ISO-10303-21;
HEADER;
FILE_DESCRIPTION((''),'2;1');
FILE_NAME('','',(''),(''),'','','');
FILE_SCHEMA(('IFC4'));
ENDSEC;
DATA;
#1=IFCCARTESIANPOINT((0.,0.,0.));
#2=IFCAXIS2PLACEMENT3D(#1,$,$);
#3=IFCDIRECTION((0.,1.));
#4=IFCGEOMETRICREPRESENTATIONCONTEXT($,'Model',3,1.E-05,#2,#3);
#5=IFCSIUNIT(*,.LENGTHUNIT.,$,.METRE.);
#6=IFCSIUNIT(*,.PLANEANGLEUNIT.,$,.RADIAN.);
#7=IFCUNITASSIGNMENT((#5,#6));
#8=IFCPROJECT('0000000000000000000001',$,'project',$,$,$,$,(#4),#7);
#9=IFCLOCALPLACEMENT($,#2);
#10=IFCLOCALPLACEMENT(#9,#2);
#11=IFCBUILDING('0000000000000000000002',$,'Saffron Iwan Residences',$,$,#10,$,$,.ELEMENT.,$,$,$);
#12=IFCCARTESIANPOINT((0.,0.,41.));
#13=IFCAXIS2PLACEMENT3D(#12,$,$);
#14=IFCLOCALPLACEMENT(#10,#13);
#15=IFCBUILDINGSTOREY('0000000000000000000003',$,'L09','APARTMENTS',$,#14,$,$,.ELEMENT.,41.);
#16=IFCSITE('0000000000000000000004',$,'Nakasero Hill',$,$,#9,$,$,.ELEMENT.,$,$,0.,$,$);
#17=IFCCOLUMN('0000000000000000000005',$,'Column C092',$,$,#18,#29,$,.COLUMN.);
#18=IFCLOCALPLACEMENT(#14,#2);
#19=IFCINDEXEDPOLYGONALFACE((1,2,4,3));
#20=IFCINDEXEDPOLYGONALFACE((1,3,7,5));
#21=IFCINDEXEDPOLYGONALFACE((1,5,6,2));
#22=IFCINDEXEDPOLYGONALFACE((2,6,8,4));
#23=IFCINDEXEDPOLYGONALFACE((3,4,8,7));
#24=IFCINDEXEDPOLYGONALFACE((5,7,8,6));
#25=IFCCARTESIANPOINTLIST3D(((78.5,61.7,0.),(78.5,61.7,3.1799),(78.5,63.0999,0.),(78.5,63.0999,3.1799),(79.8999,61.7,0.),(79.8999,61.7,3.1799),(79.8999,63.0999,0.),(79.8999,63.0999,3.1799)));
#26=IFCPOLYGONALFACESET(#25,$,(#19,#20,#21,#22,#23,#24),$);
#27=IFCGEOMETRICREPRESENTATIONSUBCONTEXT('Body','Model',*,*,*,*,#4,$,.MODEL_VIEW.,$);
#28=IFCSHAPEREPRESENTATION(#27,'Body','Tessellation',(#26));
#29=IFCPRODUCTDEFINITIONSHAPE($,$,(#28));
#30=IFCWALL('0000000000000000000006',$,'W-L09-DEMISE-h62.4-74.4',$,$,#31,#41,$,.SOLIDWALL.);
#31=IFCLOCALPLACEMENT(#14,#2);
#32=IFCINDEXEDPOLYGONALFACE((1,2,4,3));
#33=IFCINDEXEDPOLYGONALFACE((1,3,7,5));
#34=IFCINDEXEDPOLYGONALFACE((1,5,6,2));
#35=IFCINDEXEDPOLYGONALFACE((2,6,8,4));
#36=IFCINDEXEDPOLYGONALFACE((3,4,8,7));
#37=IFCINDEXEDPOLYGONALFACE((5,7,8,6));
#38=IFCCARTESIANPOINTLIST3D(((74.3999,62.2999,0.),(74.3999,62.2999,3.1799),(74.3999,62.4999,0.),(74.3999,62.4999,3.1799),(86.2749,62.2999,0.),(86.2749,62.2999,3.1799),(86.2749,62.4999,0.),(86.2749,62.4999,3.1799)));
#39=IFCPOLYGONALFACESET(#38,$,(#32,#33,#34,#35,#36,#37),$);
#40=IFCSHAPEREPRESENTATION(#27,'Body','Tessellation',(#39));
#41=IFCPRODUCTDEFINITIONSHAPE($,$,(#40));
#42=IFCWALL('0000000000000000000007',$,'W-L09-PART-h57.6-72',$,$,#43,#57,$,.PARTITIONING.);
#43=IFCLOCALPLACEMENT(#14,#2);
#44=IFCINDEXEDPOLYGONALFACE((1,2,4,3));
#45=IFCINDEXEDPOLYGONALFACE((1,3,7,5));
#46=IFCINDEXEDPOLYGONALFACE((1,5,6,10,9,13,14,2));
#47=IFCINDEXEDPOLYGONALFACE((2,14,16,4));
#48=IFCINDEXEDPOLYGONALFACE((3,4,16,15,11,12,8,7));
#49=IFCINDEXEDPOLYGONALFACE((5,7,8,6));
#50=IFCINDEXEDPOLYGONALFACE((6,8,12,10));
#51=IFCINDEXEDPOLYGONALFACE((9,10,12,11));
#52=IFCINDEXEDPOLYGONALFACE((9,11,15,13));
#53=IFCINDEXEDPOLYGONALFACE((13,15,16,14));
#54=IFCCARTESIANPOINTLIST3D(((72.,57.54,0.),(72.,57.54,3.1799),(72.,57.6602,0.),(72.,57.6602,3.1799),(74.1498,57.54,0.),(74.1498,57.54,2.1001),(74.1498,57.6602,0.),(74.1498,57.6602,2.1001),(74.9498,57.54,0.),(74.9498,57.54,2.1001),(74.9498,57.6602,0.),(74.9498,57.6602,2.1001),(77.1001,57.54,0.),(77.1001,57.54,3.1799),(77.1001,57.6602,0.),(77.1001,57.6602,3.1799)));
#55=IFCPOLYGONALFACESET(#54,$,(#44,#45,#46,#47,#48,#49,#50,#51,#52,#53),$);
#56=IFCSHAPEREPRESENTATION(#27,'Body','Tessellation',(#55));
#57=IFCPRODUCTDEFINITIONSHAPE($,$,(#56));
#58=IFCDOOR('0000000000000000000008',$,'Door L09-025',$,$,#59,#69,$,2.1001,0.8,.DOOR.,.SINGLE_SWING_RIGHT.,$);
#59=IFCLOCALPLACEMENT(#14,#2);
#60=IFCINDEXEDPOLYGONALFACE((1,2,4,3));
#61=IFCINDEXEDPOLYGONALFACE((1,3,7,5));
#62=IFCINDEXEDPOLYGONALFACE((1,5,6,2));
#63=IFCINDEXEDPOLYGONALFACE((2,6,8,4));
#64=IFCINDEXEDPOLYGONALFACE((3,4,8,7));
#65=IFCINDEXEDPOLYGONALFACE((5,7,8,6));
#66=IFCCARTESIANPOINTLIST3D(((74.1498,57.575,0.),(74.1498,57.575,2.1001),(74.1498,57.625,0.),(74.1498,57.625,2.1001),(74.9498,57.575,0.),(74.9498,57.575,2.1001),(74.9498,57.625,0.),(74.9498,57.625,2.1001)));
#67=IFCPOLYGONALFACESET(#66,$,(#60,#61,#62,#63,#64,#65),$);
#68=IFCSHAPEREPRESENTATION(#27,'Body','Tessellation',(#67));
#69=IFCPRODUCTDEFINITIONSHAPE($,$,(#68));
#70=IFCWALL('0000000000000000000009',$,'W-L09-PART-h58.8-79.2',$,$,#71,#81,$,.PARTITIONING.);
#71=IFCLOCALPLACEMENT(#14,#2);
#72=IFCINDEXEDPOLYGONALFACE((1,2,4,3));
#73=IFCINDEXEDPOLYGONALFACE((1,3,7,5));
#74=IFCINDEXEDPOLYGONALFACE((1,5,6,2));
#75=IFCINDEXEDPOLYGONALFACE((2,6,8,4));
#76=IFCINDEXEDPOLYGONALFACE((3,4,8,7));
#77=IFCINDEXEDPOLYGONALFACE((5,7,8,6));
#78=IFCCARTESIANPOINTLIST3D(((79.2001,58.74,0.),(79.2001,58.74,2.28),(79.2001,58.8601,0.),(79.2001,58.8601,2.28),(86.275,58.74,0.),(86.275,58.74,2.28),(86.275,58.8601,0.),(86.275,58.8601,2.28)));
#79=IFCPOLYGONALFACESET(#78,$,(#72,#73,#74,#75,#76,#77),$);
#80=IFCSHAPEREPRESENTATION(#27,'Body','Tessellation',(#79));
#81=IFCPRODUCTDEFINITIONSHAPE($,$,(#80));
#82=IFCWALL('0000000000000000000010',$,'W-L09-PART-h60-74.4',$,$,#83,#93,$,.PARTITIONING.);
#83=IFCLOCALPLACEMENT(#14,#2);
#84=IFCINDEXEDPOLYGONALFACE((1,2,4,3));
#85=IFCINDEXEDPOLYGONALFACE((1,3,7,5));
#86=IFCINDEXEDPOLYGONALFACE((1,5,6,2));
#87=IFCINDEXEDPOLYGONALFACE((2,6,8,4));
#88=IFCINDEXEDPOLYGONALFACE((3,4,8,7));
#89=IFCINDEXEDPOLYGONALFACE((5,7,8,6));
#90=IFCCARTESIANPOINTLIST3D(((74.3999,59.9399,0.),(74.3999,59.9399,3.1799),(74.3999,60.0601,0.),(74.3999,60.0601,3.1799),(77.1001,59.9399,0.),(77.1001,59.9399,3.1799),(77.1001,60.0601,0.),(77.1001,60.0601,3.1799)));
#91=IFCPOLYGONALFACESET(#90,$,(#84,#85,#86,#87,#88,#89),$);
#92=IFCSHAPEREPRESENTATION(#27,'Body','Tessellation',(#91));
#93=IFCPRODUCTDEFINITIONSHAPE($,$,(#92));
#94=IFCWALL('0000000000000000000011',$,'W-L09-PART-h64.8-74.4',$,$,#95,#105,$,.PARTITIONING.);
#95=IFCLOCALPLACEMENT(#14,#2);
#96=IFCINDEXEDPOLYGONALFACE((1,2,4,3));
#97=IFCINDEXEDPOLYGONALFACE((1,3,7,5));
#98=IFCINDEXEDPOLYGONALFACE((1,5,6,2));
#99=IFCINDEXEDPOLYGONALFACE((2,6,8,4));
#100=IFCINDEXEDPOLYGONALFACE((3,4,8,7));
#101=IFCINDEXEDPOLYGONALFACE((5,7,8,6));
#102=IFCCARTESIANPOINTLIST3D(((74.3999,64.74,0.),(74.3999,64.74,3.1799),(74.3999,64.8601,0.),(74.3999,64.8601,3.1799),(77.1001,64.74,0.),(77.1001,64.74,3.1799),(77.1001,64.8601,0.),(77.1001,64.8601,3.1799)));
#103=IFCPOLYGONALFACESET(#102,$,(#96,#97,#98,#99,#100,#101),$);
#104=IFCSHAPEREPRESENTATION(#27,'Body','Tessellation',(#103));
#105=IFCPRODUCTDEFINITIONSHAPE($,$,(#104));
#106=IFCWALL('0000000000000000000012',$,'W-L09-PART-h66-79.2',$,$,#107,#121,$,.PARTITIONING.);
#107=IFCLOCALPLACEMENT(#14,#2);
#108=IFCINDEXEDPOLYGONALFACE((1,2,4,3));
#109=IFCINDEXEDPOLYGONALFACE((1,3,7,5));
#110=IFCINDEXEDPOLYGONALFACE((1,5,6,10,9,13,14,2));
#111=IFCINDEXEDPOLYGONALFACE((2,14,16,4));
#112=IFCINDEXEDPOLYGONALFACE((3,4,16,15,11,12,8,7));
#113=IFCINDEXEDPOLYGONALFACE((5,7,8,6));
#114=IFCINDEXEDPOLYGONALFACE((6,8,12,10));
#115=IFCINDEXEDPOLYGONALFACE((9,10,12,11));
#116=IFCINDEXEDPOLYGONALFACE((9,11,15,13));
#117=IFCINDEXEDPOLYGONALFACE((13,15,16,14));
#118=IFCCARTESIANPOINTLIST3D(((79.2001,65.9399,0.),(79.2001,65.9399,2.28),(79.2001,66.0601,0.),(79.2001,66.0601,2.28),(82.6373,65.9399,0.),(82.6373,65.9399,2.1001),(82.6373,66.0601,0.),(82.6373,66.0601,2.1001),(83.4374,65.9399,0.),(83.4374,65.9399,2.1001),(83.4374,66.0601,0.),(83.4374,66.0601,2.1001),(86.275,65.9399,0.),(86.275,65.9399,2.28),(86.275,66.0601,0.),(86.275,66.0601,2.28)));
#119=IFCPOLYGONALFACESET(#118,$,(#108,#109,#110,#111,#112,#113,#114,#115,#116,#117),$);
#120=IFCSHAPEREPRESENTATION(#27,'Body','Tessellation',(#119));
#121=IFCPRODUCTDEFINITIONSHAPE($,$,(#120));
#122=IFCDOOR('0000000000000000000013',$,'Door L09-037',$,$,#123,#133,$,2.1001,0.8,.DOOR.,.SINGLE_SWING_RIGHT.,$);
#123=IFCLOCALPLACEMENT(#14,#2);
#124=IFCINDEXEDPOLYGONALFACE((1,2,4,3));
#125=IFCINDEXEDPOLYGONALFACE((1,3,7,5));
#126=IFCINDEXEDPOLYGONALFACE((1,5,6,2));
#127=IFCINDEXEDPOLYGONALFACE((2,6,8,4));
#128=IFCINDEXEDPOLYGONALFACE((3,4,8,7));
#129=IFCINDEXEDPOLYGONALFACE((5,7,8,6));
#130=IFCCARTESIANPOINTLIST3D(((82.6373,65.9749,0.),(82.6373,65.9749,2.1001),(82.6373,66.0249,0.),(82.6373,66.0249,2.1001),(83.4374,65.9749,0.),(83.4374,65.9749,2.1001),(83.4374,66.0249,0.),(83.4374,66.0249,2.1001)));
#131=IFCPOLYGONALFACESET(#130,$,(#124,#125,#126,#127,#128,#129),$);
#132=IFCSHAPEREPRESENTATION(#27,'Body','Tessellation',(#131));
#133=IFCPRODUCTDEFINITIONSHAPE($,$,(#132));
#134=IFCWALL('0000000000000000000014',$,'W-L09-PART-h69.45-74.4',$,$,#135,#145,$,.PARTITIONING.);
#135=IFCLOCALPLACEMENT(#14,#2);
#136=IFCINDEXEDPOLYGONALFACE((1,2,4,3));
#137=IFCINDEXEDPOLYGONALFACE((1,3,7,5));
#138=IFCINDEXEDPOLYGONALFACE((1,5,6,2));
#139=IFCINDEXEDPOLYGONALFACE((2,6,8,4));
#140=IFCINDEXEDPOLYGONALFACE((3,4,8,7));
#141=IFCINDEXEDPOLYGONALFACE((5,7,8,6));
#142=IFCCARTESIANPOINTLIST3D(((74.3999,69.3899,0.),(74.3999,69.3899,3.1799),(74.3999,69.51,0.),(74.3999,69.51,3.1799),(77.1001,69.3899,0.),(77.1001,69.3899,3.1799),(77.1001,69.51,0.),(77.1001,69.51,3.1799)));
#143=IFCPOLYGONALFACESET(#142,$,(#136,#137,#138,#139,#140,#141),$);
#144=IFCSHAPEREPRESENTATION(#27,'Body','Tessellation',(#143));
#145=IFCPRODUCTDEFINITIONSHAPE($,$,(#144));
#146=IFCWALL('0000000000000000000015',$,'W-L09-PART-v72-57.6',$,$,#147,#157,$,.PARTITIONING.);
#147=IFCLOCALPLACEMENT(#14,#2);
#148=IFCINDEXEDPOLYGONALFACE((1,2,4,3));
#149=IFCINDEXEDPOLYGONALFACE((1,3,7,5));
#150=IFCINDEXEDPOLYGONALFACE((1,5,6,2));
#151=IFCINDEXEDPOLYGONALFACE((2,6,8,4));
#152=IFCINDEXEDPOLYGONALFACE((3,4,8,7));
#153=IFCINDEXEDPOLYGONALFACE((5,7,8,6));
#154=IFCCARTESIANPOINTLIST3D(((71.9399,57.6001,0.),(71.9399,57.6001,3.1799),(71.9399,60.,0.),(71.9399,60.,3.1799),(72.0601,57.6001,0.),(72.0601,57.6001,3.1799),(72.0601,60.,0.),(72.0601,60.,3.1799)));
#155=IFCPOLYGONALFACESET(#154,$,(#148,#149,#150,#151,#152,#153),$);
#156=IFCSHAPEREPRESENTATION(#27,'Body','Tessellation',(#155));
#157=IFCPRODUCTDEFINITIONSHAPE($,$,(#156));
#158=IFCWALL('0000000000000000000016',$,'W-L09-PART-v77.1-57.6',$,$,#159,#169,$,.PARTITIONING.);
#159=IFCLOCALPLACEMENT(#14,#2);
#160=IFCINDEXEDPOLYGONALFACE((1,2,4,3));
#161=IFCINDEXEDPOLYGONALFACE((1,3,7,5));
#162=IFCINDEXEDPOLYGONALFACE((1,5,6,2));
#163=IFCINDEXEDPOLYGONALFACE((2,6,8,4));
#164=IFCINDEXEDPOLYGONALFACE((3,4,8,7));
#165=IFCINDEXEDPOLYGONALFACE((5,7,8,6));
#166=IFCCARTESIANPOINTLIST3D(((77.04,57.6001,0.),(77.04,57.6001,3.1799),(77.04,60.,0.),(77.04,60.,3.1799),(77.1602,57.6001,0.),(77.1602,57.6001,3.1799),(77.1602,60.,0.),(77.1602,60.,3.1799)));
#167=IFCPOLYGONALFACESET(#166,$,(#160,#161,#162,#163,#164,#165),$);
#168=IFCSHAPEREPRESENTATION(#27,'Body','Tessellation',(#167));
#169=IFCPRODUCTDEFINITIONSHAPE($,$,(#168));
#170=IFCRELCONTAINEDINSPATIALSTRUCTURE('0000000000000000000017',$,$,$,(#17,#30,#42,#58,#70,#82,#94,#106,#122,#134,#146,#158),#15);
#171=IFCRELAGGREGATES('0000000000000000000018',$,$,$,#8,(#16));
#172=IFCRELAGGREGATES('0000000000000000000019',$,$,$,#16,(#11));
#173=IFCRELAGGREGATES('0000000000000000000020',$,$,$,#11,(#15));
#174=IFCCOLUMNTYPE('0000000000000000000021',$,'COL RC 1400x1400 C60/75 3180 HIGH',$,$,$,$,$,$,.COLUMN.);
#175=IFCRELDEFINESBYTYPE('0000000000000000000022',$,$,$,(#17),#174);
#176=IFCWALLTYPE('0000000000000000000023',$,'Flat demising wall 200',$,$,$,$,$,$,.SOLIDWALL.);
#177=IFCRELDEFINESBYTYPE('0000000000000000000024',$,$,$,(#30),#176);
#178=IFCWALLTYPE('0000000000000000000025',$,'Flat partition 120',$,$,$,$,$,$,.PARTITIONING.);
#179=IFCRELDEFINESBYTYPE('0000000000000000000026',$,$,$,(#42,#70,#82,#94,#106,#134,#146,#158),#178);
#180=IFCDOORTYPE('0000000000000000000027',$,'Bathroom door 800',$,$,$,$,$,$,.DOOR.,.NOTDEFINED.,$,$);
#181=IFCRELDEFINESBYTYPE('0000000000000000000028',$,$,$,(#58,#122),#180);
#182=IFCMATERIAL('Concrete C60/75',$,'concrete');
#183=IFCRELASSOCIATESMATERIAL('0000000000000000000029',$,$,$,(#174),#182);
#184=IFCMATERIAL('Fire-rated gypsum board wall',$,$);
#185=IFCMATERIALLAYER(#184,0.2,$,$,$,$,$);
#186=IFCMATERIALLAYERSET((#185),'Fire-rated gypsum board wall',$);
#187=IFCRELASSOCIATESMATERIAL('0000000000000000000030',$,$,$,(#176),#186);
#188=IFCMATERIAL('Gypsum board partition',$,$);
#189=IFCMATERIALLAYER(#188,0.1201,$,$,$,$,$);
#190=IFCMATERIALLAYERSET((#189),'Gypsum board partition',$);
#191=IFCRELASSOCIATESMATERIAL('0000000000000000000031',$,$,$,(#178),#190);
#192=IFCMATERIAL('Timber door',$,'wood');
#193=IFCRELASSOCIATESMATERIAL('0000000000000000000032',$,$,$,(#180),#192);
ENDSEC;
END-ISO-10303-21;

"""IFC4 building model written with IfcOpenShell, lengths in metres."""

from ifc_helpers import new_model, si_unit, direction, frame, frame_2d, origin, origin_2d, place, context, subcontext, project, spatial, rectangle, extrude, source, transform, mapped, material, layer, layer_set, material_profile, profile_set, type_object, element, fill, save


model = new_model("IFC4")

# Units and contexts
model_context = context("Model", 3, precision=1e-05, world=origin(), true_north=direction((0.0, 1.0)))
body_context = subcontext(model_context, "Body", "Model", "MODEL_VIEW")
ifc_project = project(units=[si_unit("LENGTHUNIT", "METRE"), si_unit("PLANEANGLEUNIT", "RADIAN")], contexts=[model_context])

# Site, building, storey
site_placement = place(None, origin())
site = spatial("IfcSite", under=ifc_project, at=site_placement, Name="Nakasero Hill", CompositionType="ELEMENT", RefElevation=0.0)
building_placement = place(site_placement, origin())
building = spatial("IfcBuilding", under=site, at=building_placement, Name="Saffron Iwan Residences", CompositionType="ELEMENT")
storey_placement = place(building_placement, frame((0.0, 0.0, 41.0)))
storey = spatial("IfcBuildingStorey", under=building, at=storey_placement, Name="L09", Description="APARTMENTS", CompositionType="ELEMENT", Elevation=41.0)

# Column
ifc_material_1 = material(Name="Concrete C60/75", Category="concrete")
ifc_material_profile = material_profile(ifc_material_1, rectangle(XDim=1.3999, YDim=1.3999, at=origin_2d()), Name="RC 1400x1400")
ifc_profile_set = profile_set([ifc_material_profile], Name="Concrete C60/75")
column_type = type_object("IfcColumnType", Name="COL RC 1400x1400 C60/75 3180 HIGH", PredefinedType="COLUMN", material=ifc_profile_set)
shared_shape = source(origin(), body_context, "Body", "SweptSolid", [
    extrude(rectangle(XDim=1.3999, YDim=1.3999, at=origin_2d()), origin(), (0.0, 0.0, 1.0), 3.1799),
])
column_placement = place(storey_placement, frame((79.2, 62.3999, 0.0), z_axis=(0.0, 0.0, 1.0), x_axis=(1.0, 0.0, 0.0)))
element("IfcColumn", 1, at=column_placement, inside=storey, type_object=column_type, Name="Column C092", PredefinedType="COLUMN", context=body_context, shape_type="MappedRepresentation", body=[
    mapped(shared_shape, transform((0.0, 0.0, 0.0))),
])

# Wall
ifc_material_2 = material(Name="Fire-rated gypsum board wall")
ifc_layer_1 = layer(ifc_material_2, 0.2)
ifc_layer_set_1 = layer_set([ifc_layer_1], Name="Fire-rated gypsum board wall")
wall_type_1 = type_object("IfcWallType", Name="Flat demising wall 200", PredefinedType="SOLIDWALL", material=ifc_layer_set_1)
wall_1_placement = place(storey_placement, frame((74.3999, 62.3999, 0.0), z_axis=(0.0, 0.0, 1.0), x_axis=(1.0, 0.0, 0.0)))
element("IfcWall", 2, at=wall_1_placement, inside=storey, type_object=wall_type_1, Name="W-L09-DEMISE-h62.4-74.4", PredefinedType="SOLIDWALL", context=body_context, shape_type="SweptSolid", body=[
    extrude(rectangle(XDim=11.875, YDim=0.2, at=frame_2d((5.9375, 0.0))), origin(), (0.0, 0.0, 1.0), 3.1799),
])

# Wall, opening, door
ifc_material_3 = material(Name="Gypsum board partition")
ifc_layer_2 = layer(ifc_material_3, 0.1201)
ifc_layer_set_2 = layer_set([ifc_layer_2], Name="Gypsum board partition")
wall_type_2 = type_object("IfcWallType", Name="Flat partition 120", PredefinedType="PARTITIONING", material=ifc_layer_set_2)
wall_2_placement = place(storey_placement, frame((72.0, 57.6001, 0.0), z_axis=(0.0, 0.0, 1.0), x_axis=(1.0, 0.0, 0.0)))
wall_2 = element("IfcWall", 3, at=wall_2_placement, inside=storey, type_object=wall_type_2, Name="W-L09-PART-h57.6-72", PredefinedType="PARTITIONING", context=body_context, shape_type="SweptSolid", body=[
    extrude(rectangle(XDim=5.1001, YDim=0.1201, at=frame_2d((2.55, 0.0))), origin(), (0.0, 0.0, 1.0), 3.1799),
])
opening_1_placement = place(wall_2_placement, frame((2.1499, 0.0, 0.0)))
opening_1 = element("IfcOpeningElement", 4, at=opening_1_placement, cuts=wall_2, PredefinedType="OPENING", context=body_context, shape_type="SweptSolid", body=[
    extrude(rectangle(XDim=0.8, YDim=2.1001, at=frame_2d((0.3999, 1.05))), frame((0.0, 0.0701, 0.0), z_axis=(0.0, -1.0, 0.0), x_axis=(1.0, 0.0, 0.0)), (0.0, 0.0, 1.0), 0.1401),
])
ifc_material_4 = material(Name="Timber door", Category="wood")
door_type_1 = type_object("IfcDoorType", Name="Bathroom door 800", OperationType="NOTDEFINED", PredefinedType="DOOR", material=ifc_material_4)
door_1_placement = place(opening_1_placement, origin())
door_1 = element("IfcDoor", 5, at=door_1_placement, inside=storey, type_object=door_type_1, Name="Door L09-025", OperationType="SINGLE_SWING_RIGHT", OverallHeight=2.1001, OverallWidth=0.8, PredefinedType="DOOR", context=body_context, shape_type="SweptSolid", body=[
    extrude(rectangle(XDim=0.8, YDim=2.1001, at=frame_2d((0.3999, 1.05))), frame((0.0, 0.0249, 0.0), z_axis=(0.0, -1.0, 0.0), x_axis=(1.0, 0.0, 0.0)), (0.0, 0.0, 1.0), 0.05),
])
fill(opening_1, door_1)

# Walls
wall_3_placement = place(storey_placement, frame((79.2, 58.8, 0.0), z_axis=(0.0, 0.0, 1.0), x_axis=(1.0, 0.0, 0.0)))
element("IfcWall", 6, at=wall_3_placement, inside=storey, type_object=wall_type_2, Name="W-L09-PART-h58.8-79.2", PredefinedType="PARTITIONING", context=body_context, shape_type="SweptSolid", body=[
    extrude(rectangle(XDim=7.075, YDim=0.1201, at=frame_2d((3.5376, 0.0))), origin(), (0.0, 0.0, 1.0), 2.28),
])
for number, where, z_axis, x_axis, name in (
    (7, (74.3999, 60.0, 0.0), (0.0, 0.0, 1.0), (1.0, 0.0, 0.0), "W-L09-PART-h60-74.4"),
    (8, (74.3999, 64.8, 0.0), (0.0, 0.0, 1.0), (1.0, 0.0, 0.0), "W-L09-PART-h64.8-74.4"),
):
    element("IfcWall", number, at=place(storey_placement, frame(where, z_axis=z_axis, x_axis=x_axis)), inside=storey, type_object=wall_type_2, Name=name, PredefinedType="PARTITIONING", context=body_context, shape_type="SweptSolid", body=[
        extrude(rectangle(XDim=2.7002, YDim=0.1201, at=frame_2d((1.3501, 0.0))), origin(), (0.0, 0.0, 1.0), 3.1799),
    ])

# Wall, opening, door
wall_4_placement = place(storey_placement, frame((79.2, 66.0, 0.0), z_axis=(0.0, 0.0, 1.0), x_axis=(1.0, 0.0, 0.0)))
wall_4 = element("IfcWall", 9, at=wall_4_placement, inside=storey, type_object=wall_type_2, Name="W-L09-PART-h66-79.2", PredefinedType="PARTITIONING", context=body_context, shape_type="SweptSolid", body=[
    extrude(rectangle(XDim=7.075, YDim=0.1201, at=frame_2d((3.5376, 0.0))), origin(), (0.0, 0.0, 1.0), 2.28),
])
opening_2_placement = place(wall_4_placement, frame((3.4375, 0.0, 0.0)))
opening_2 = element("IfcOpeningElement", 10, at=opening_2_placement, cuts=wall_4, PredefinedType="OPENING", context=body_context, shape_type="SweptSolid", body=[
    extrude(rectangle(XDim=0.8, YDim=2.1001, at=frame_2d((0.3999, 1.05))), frame((0.0, 0.0701, 0.0), z_axis=(0.0, -1.0, 0.0), x_axis=(1.0, 0.0, 0.0)), (0.0, 0.0, 1.0), 0.1401),
])
door_2_placement = place(opening_2_placement, origin())
door_2 = element("IfcDoor", 11, at=door_2_placement, inside=storey, type_object=door_type_1, Name="Door L09-037", OperationType="SINGLE_SWING_RIGHT", OverallHeight=2.1001, OverallWidth=0.8, PredefinedType="DOOR", context=body_context, shape_type="SweptSolid", body=[
    extrude(rectangle(XDim=0.8, YDim=2.1001, at=frame_2d((0.3999, 1.05))), frame((0.0, 0.0249, 0.0), z_axis=(0.0, -1.0, 0.0), x_axis=(1.0, 0.0, 0.0)), (0.0, 0.0, 1.0), 0.05),
])
fill(opening_2, door_2)

# Walls
wall_5_placement = place(storey_placement, frame((74.3999, 69.45, 0.0), z_axis=(0.0, 0.0, 1.0), x_axis=(1.0, 0.0, 0.0)))
element("IfcWall", 12, at=wall_5_placement, inside=storey, type_object=wall_type_2, Name="W-L09-PART-h69.45-74.4", PredefinedType="PARTITIONING", context=body_context, shape_type="SweptSolid", body=[
    extrude(rectangle(XDim=2.7002, YDim=0.1201, at=frame_2d((1.3501, 0.0))), origin(), (0.0, 0.0, 1.0), 3.1799),
])
for number, where, z_axis, x_axis, name in (
    (13, (72.0, 57.6001, 0.0), (0.0, 0.0, 1.0), (0.0, 1.0, 0.0), "W-L09-PART-v72-57.6"),
    (14, (77.1001, 57.6001, 0.0), (0.0, 0.0, 1.0), (0.0, 1.0, 0.0), "W-L09-PART-v77.1-57.6"),
):
    element("IfcWall", number, at=place(storey_placement, frame(where, z_axis=z_axis, x_axis=x_axis)), inside=storey, type_object=wall_type_2, Name=name, PredefinedType="PARTITIONING", context=body_context, shape_type="SweptSolid", body=[
        extrude(rectangle(XDim=2.3999, YDim=0.1201, at=frame_2d((1.2, 0.0))), origin(), (0.0, 0.0, 1.0), 3.1799),
    ])

save(model, "model.ifc")
